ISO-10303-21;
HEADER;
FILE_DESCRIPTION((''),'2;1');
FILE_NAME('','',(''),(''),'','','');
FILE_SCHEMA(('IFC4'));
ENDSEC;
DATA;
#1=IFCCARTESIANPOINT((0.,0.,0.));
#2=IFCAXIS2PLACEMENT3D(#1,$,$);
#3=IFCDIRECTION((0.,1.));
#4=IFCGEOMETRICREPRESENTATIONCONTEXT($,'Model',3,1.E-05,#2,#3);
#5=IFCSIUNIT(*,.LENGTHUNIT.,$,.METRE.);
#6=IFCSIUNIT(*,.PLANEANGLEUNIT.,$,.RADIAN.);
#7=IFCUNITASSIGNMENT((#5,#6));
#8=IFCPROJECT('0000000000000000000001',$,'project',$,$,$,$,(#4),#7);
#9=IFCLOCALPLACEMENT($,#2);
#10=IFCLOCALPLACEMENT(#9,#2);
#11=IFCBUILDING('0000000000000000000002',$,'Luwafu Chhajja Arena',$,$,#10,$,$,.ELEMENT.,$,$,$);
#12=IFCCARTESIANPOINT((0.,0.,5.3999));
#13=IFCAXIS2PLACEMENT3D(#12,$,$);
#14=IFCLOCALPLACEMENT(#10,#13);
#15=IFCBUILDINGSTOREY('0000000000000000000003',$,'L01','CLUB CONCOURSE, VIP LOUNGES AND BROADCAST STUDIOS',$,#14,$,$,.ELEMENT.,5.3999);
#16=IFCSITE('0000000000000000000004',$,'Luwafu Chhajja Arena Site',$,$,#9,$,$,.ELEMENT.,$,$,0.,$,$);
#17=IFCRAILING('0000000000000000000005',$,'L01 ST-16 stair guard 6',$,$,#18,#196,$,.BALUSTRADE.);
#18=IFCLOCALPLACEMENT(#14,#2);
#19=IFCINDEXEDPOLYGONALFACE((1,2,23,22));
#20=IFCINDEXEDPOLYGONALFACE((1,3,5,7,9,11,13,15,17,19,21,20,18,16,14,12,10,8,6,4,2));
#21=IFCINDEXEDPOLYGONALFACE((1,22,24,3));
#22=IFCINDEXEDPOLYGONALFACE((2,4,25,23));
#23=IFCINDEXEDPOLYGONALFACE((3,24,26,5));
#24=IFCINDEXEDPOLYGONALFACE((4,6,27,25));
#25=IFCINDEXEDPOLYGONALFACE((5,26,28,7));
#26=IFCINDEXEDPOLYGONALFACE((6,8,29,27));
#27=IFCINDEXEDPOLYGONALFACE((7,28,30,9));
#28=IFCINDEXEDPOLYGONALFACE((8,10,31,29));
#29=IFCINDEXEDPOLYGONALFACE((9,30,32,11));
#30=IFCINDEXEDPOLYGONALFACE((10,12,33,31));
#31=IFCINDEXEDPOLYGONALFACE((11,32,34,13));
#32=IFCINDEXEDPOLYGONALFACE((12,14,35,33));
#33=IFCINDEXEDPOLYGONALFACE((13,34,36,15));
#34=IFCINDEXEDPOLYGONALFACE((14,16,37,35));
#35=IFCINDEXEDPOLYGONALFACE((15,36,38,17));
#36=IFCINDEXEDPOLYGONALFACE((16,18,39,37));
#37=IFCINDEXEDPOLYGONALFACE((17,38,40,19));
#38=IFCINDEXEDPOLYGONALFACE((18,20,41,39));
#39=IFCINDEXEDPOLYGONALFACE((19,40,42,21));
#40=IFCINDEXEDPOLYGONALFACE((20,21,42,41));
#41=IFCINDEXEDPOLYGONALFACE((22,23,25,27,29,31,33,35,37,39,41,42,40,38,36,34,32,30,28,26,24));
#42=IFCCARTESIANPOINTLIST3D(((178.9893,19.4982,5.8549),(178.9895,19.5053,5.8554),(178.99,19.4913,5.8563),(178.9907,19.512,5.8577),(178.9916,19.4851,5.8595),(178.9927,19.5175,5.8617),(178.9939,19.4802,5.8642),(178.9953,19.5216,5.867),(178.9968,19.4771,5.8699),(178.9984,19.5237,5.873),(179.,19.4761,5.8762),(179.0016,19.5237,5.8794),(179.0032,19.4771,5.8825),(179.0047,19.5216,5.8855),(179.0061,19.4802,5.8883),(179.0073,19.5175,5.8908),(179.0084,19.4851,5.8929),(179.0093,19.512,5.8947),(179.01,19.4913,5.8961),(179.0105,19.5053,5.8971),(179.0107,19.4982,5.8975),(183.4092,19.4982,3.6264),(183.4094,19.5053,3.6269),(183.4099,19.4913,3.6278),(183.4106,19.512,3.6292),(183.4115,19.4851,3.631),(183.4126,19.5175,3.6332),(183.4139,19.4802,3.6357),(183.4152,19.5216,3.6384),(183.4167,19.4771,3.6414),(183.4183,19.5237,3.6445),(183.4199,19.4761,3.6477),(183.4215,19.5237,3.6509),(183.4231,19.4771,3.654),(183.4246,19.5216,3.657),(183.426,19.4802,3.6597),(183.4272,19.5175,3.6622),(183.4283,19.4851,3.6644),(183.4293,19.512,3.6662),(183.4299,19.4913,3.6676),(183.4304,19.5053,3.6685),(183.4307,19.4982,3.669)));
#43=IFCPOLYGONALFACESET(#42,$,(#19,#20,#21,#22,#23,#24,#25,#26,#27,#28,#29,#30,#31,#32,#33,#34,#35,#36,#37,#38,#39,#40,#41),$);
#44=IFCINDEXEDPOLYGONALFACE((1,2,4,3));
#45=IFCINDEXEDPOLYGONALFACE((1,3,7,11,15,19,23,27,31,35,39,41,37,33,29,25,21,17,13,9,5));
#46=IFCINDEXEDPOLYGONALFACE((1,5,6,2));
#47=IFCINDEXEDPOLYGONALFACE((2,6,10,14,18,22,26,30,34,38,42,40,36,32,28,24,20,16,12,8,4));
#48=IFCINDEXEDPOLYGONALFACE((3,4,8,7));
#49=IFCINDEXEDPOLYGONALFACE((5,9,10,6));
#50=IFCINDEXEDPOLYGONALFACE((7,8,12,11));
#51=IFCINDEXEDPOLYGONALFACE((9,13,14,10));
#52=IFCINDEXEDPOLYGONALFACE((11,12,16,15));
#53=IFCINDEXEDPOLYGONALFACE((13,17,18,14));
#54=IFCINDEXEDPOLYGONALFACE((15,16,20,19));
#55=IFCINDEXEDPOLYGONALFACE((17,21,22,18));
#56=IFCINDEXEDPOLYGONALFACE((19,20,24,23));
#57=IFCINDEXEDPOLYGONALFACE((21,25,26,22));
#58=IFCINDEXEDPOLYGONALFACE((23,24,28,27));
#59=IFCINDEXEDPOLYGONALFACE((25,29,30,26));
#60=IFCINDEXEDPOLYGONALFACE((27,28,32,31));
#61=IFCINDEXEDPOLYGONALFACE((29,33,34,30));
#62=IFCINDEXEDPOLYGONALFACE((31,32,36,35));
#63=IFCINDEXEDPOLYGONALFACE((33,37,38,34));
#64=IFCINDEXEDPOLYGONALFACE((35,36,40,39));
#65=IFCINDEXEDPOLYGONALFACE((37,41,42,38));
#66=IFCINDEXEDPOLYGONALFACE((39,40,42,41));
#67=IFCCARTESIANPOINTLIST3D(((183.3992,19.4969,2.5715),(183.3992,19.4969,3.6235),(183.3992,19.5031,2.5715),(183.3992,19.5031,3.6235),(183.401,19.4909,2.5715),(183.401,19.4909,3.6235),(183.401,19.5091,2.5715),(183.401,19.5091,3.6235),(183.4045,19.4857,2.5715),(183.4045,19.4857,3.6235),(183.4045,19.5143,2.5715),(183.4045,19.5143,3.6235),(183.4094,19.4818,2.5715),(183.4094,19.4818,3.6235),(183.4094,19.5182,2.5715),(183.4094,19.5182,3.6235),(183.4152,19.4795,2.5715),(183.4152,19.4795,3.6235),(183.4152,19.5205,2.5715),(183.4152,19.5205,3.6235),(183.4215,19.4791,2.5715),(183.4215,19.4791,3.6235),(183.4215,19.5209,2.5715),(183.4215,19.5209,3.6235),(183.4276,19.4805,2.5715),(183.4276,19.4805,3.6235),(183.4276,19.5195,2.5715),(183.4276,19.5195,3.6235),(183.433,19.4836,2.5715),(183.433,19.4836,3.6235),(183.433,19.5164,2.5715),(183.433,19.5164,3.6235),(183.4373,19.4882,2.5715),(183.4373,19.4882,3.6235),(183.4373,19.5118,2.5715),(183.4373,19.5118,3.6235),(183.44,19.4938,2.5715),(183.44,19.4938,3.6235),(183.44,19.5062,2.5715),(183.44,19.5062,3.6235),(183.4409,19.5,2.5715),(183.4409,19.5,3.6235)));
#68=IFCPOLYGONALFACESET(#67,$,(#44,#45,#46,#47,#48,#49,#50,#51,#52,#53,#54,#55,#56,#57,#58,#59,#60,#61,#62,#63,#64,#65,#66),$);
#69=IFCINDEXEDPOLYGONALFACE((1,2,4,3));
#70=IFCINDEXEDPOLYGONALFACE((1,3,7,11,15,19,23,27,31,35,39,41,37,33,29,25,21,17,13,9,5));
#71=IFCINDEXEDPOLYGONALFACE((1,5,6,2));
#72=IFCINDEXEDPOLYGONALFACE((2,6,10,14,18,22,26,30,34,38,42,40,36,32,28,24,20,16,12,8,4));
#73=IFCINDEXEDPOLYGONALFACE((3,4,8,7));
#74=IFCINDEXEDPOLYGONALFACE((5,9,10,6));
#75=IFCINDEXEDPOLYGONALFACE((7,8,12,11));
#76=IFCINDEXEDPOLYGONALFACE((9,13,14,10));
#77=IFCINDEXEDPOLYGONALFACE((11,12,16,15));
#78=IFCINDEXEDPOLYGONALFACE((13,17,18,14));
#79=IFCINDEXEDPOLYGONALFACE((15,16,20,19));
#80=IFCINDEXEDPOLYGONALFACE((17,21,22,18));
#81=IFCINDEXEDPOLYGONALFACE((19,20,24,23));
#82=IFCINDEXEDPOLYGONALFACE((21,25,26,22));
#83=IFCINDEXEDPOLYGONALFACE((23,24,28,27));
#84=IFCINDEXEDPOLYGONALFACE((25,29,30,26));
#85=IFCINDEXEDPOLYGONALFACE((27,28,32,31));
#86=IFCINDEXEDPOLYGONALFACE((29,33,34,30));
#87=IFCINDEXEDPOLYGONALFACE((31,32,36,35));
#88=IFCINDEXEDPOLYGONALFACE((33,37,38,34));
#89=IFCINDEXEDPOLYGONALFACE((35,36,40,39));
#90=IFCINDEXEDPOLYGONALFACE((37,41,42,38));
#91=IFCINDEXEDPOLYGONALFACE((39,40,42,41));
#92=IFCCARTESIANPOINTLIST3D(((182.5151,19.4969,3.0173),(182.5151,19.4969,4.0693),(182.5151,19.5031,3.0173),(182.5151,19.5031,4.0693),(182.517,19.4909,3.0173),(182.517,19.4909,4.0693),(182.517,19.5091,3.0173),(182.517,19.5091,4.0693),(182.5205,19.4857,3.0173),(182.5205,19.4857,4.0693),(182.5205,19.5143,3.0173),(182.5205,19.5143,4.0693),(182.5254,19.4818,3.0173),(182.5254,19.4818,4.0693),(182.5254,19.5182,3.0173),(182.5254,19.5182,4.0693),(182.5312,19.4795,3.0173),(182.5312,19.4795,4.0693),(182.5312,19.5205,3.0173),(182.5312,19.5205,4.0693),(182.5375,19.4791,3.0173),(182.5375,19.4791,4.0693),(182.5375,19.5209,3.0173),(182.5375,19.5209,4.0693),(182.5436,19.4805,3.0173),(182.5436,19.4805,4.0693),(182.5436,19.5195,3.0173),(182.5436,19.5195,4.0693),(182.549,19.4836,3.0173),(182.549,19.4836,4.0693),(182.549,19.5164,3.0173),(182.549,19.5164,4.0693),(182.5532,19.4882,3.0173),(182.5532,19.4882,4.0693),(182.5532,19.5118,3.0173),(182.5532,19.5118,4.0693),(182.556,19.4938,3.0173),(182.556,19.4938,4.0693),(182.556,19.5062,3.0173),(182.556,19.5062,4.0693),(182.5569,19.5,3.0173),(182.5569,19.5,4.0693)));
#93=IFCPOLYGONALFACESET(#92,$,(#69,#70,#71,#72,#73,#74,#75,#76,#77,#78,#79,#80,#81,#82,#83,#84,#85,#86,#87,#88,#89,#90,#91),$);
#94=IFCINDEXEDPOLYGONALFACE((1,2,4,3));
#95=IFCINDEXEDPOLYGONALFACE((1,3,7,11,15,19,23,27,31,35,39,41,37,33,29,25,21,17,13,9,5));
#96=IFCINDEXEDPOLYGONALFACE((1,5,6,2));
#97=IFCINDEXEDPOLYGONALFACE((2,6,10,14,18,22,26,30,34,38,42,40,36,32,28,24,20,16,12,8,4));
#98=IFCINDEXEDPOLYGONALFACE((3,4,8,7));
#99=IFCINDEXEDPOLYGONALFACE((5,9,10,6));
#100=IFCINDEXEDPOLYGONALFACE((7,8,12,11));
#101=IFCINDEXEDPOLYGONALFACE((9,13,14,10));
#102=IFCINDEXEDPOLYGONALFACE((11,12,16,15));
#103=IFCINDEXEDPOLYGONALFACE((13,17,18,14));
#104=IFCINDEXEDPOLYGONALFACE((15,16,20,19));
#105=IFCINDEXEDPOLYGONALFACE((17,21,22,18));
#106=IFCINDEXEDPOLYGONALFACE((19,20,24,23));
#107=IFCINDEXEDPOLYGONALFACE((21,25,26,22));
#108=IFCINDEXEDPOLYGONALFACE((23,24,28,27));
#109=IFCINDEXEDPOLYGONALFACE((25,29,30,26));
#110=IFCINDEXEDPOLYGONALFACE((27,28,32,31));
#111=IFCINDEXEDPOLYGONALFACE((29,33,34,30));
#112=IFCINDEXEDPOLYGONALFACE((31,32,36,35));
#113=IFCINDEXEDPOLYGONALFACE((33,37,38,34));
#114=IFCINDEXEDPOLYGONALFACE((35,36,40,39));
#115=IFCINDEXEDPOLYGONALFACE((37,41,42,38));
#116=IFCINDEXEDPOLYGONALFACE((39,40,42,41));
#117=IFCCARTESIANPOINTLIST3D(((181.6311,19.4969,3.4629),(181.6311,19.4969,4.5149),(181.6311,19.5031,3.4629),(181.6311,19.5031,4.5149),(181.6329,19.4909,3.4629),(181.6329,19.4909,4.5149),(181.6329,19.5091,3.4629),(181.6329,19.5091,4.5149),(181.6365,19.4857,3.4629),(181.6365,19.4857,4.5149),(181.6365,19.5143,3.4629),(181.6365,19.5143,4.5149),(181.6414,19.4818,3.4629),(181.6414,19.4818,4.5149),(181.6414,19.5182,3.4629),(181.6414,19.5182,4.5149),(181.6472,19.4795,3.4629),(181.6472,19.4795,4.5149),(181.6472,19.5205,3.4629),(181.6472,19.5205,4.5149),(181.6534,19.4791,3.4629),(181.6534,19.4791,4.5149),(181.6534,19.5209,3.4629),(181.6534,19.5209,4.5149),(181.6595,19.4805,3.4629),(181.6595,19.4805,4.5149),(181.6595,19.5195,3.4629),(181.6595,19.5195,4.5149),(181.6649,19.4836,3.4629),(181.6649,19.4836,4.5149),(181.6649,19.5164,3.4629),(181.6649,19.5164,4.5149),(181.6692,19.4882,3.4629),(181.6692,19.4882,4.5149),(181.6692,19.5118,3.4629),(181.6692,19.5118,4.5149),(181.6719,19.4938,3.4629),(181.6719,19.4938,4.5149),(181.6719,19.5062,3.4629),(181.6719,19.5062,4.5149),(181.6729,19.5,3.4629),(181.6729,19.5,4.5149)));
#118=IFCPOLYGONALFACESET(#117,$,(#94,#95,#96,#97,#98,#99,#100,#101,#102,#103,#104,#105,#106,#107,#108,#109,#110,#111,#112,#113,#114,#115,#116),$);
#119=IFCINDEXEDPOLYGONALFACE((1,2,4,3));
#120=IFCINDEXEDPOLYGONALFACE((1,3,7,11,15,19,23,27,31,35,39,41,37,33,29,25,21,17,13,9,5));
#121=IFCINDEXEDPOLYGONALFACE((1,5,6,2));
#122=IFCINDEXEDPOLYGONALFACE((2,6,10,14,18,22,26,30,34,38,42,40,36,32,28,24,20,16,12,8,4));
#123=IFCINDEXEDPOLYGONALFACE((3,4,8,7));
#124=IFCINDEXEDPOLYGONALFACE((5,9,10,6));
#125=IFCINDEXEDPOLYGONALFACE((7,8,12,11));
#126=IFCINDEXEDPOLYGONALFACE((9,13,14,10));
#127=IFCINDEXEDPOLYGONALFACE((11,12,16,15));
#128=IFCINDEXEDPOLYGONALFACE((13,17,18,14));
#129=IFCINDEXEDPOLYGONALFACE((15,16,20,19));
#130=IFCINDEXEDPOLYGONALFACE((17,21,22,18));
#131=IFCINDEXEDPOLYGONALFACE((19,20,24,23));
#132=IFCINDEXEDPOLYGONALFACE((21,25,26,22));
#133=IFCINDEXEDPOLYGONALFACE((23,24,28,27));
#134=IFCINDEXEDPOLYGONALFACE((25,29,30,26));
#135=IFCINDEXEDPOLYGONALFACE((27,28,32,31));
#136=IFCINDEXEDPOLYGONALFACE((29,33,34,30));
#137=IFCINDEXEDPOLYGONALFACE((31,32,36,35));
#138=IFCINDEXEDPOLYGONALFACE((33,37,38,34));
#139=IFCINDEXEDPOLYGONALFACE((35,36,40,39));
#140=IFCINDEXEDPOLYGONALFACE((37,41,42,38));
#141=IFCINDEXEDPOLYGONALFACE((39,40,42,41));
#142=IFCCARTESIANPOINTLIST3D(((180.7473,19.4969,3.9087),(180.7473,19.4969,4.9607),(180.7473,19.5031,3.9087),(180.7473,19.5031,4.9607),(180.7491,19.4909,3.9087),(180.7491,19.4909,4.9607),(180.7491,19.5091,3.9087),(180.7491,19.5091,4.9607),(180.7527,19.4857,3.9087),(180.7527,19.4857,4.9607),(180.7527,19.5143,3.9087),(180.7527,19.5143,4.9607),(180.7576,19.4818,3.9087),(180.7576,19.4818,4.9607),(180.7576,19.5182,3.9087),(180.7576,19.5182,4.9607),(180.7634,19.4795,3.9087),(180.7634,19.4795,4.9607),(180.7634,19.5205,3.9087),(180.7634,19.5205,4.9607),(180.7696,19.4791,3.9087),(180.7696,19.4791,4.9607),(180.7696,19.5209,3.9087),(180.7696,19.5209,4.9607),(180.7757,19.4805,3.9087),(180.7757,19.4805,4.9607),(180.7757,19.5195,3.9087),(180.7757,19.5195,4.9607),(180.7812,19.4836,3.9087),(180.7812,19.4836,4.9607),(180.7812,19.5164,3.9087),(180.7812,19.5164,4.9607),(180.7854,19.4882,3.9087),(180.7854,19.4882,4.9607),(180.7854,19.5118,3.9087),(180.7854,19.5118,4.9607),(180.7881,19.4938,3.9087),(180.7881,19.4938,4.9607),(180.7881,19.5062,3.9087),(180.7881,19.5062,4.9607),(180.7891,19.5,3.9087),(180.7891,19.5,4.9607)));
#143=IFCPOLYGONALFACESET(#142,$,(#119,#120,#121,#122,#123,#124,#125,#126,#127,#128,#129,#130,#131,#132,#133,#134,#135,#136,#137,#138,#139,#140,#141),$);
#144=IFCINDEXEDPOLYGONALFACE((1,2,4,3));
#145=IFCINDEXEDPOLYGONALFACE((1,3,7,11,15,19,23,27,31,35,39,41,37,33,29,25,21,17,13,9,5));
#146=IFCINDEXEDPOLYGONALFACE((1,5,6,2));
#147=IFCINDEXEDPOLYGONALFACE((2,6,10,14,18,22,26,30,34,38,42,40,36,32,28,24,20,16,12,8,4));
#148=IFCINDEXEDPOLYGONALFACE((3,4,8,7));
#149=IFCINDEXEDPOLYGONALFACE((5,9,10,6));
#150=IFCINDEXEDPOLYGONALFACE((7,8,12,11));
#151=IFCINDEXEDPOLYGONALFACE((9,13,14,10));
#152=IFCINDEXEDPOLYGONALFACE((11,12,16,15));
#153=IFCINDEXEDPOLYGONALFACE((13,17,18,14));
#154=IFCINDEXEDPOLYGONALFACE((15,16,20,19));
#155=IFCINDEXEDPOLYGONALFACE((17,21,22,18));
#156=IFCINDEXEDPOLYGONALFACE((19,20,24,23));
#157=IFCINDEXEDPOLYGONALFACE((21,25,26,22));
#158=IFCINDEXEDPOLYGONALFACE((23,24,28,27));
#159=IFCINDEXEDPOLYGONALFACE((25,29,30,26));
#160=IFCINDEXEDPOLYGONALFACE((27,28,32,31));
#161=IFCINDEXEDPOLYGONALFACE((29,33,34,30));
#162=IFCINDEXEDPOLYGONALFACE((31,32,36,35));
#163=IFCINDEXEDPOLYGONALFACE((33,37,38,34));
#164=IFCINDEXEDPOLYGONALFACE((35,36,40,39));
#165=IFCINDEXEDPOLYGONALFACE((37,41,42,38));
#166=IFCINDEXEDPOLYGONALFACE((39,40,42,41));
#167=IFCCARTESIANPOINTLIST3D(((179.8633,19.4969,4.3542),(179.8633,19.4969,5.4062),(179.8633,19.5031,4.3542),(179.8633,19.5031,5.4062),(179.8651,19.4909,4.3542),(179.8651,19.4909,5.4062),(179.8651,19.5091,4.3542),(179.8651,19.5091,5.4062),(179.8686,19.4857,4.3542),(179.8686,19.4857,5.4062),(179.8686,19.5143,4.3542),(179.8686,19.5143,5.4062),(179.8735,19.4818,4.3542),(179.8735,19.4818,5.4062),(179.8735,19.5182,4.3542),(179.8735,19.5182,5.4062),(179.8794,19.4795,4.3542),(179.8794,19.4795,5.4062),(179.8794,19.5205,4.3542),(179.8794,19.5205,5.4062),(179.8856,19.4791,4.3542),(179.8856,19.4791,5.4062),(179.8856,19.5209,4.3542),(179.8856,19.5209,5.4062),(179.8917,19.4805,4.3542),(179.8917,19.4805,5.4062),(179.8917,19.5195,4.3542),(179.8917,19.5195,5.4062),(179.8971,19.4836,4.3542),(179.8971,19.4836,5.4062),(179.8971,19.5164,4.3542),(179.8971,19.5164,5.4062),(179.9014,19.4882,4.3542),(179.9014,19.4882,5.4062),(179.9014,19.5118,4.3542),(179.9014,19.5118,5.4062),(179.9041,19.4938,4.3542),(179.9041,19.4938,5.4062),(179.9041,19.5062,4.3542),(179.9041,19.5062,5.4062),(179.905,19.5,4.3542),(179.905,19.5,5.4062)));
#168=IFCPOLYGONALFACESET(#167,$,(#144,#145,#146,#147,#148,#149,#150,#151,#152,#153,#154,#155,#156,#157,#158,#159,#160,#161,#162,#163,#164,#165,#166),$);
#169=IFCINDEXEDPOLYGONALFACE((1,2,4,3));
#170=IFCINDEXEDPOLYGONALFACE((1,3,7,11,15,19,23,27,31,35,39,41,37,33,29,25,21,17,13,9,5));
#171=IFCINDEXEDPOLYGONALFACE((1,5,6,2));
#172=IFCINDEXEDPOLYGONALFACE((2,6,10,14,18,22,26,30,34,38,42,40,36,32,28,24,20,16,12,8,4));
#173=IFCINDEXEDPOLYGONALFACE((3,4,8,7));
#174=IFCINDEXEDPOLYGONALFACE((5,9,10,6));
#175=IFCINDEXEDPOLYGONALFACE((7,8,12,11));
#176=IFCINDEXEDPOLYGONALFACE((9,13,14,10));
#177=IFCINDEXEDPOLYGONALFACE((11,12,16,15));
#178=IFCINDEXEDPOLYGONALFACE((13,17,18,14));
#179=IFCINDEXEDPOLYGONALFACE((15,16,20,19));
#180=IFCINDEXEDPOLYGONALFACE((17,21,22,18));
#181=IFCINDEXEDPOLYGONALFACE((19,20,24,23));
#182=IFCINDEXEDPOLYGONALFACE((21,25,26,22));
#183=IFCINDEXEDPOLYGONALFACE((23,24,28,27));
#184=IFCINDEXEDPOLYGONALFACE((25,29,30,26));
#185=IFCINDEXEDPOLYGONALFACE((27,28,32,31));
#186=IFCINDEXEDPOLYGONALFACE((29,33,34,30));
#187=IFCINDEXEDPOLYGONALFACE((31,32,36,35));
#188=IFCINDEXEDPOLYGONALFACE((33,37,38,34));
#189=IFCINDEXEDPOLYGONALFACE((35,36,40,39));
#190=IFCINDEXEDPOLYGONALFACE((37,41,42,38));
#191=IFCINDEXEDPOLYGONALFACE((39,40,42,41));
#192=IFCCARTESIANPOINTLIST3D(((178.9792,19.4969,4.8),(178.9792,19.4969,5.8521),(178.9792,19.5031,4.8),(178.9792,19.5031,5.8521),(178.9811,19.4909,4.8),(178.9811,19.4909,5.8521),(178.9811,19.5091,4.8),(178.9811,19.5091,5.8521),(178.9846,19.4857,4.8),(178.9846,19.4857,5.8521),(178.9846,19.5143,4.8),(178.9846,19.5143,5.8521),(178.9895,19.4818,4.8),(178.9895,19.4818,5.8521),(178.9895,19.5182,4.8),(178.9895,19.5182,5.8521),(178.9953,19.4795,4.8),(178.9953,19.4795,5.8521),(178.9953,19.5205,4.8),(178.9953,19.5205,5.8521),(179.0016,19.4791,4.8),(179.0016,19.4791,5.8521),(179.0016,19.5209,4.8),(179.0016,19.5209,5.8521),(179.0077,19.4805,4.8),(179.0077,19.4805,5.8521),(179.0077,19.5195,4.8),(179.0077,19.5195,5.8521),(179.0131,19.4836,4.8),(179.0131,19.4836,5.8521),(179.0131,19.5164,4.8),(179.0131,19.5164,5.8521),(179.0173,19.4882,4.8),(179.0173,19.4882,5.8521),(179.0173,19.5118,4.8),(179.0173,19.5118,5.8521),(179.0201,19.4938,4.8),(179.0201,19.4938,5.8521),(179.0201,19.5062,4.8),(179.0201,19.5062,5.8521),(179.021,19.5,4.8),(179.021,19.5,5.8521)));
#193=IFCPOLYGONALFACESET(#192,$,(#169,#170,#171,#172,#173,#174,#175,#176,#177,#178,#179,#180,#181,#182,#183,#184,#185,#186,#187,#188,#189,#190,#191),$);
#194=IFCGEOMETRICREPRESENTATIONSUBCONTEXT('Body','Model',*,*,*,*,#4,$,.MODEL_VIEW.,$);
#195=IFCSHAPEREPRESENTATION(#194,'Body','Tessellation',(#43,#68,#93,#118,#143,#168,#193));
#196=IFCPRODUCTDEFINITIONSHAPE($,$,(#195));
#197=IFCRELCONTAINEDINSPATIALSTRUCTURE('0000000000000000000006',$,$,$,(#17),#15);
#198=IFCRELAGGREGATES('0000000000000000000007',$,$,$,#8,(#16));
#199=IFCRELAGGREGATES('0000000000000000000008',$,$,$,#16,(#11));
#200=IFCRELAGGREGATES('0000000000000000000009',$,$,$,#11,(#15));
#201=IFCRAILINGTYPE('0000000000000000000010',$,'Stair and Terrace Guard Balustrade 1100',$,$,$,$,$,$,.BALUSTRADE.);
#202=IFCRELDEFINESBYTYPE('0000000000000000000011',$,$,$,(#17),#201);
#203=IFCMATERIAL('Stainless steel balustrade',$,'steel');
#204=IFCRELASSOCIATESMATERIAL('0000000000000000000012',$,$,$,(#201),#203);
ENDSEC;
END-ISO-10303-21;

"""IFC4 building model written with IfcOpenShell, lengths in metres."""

from ifc_helpers import new_model, si_unit, direction, frame, origin, origin_2d, place, context, subcontext, project, spatial, circle, extrude, material, type_object, element, save


model = new_model("IFC4")

# Units and contexts
model_context = context("Model", 3, precision=1e-05, world=origin(), true_north=direction((0.0, 1.0)))
body_context = subcontext(model_context, "Body", "Model", "MODEL_VIEW")
ifc_project = project(units=[si_unit("LENGTHUNIT", "METRE"), si_unit("PLANEANGLEUNIT", "RADIAN")], contexts=[model_context])

# Site, building, storey
site_placement = place(None, origin())
site = spatial("IfcSite", under=ifc_project, at=site_placement, Name="Luwafu Chhajja Arena Site", CompositionType="ELEMENT", RefElevation=0.0)
building_placement = place(site_placement, origin())
building = spatial("IfcBuilding", under=site, at=building_placement, Name="Luwafu Chhajja Arena", CompositionType="ELEMENT")
storey_placement = place(building_placement, frame((0.0, 0.0, 5.3999)))
storey = spatial("IfcBuildingStorey", under=building, at=storey_placement, Name="L01", Description="CLUB CONCOURSE, VIP LOUNGES AND BROADCAST STUDIOS", CompositionType="ELEMENT", Elevation=5.3999)

# Railing
ifc_material_1 = material(Name="Stainless steel balustrade", Category="steel")
railing_type_1 = type_object("IfcRailingType", Name="Stair and Terrace Guard Balustrade 1100", PredefinedType="BALUSTRADE", material=ifc_material_1)
railing_1_placement = place(storey_placement, frame((183.4199, 19.5, 2.5715)))
element("IfcRailing", 1, at=railing_1_placement, inside=storey, type_object=railing_type_1, Name="L01 ST-16 stair guard 6", PredefinedType="BALUSTRADE", context=body_context, shape_type="SweptSolid", body=[
    extrude(circle(Radius=0.0239, at=origin_2d()), frame((0.0, 0.0, 1.0762), z_axis=(-0.892923, 0.0, 0.45021), x_axis=(0.0, -1.0, 0.0)), (0.0, 0.0, 1.0), 4.95),
    extrude(circle(Radius=0.021, at=origin_2d()), origin(), (0.0, 0.0, 1.0), 1.052),
    extrude(circle(Radius=0.021, at=origin_2d()), frame((-0.884, 0.0, 0.4458)), (0.0, 0.0, 1.0), 1.052),
    extrude(circle(Radius=0.021, at=origin_2d()), frame((-1.7681, 0.0, 0.8914)), (0.0, 0.0, 1.0), 1.052),
    extrude(circle(Radius=0.021, at=origin_2d()), frame((-2.6519, 0.0, 1.3372)), (0.0, 0.0, 1.0), 1.052),
    extrude(circle(Radius=0.021, at=origin_2d()), frame((-3.5359, 0.0, 1.7827)), (0.0, 0.0, 1.0), 1.052),
    extrude(circle(Radius=0.021, at=origin_2d()), frame((-4.4199, 0.0, 2.2285)), (0.0, 0.0, 1.0), 1.052),
])

save(model, "model.ifc")
